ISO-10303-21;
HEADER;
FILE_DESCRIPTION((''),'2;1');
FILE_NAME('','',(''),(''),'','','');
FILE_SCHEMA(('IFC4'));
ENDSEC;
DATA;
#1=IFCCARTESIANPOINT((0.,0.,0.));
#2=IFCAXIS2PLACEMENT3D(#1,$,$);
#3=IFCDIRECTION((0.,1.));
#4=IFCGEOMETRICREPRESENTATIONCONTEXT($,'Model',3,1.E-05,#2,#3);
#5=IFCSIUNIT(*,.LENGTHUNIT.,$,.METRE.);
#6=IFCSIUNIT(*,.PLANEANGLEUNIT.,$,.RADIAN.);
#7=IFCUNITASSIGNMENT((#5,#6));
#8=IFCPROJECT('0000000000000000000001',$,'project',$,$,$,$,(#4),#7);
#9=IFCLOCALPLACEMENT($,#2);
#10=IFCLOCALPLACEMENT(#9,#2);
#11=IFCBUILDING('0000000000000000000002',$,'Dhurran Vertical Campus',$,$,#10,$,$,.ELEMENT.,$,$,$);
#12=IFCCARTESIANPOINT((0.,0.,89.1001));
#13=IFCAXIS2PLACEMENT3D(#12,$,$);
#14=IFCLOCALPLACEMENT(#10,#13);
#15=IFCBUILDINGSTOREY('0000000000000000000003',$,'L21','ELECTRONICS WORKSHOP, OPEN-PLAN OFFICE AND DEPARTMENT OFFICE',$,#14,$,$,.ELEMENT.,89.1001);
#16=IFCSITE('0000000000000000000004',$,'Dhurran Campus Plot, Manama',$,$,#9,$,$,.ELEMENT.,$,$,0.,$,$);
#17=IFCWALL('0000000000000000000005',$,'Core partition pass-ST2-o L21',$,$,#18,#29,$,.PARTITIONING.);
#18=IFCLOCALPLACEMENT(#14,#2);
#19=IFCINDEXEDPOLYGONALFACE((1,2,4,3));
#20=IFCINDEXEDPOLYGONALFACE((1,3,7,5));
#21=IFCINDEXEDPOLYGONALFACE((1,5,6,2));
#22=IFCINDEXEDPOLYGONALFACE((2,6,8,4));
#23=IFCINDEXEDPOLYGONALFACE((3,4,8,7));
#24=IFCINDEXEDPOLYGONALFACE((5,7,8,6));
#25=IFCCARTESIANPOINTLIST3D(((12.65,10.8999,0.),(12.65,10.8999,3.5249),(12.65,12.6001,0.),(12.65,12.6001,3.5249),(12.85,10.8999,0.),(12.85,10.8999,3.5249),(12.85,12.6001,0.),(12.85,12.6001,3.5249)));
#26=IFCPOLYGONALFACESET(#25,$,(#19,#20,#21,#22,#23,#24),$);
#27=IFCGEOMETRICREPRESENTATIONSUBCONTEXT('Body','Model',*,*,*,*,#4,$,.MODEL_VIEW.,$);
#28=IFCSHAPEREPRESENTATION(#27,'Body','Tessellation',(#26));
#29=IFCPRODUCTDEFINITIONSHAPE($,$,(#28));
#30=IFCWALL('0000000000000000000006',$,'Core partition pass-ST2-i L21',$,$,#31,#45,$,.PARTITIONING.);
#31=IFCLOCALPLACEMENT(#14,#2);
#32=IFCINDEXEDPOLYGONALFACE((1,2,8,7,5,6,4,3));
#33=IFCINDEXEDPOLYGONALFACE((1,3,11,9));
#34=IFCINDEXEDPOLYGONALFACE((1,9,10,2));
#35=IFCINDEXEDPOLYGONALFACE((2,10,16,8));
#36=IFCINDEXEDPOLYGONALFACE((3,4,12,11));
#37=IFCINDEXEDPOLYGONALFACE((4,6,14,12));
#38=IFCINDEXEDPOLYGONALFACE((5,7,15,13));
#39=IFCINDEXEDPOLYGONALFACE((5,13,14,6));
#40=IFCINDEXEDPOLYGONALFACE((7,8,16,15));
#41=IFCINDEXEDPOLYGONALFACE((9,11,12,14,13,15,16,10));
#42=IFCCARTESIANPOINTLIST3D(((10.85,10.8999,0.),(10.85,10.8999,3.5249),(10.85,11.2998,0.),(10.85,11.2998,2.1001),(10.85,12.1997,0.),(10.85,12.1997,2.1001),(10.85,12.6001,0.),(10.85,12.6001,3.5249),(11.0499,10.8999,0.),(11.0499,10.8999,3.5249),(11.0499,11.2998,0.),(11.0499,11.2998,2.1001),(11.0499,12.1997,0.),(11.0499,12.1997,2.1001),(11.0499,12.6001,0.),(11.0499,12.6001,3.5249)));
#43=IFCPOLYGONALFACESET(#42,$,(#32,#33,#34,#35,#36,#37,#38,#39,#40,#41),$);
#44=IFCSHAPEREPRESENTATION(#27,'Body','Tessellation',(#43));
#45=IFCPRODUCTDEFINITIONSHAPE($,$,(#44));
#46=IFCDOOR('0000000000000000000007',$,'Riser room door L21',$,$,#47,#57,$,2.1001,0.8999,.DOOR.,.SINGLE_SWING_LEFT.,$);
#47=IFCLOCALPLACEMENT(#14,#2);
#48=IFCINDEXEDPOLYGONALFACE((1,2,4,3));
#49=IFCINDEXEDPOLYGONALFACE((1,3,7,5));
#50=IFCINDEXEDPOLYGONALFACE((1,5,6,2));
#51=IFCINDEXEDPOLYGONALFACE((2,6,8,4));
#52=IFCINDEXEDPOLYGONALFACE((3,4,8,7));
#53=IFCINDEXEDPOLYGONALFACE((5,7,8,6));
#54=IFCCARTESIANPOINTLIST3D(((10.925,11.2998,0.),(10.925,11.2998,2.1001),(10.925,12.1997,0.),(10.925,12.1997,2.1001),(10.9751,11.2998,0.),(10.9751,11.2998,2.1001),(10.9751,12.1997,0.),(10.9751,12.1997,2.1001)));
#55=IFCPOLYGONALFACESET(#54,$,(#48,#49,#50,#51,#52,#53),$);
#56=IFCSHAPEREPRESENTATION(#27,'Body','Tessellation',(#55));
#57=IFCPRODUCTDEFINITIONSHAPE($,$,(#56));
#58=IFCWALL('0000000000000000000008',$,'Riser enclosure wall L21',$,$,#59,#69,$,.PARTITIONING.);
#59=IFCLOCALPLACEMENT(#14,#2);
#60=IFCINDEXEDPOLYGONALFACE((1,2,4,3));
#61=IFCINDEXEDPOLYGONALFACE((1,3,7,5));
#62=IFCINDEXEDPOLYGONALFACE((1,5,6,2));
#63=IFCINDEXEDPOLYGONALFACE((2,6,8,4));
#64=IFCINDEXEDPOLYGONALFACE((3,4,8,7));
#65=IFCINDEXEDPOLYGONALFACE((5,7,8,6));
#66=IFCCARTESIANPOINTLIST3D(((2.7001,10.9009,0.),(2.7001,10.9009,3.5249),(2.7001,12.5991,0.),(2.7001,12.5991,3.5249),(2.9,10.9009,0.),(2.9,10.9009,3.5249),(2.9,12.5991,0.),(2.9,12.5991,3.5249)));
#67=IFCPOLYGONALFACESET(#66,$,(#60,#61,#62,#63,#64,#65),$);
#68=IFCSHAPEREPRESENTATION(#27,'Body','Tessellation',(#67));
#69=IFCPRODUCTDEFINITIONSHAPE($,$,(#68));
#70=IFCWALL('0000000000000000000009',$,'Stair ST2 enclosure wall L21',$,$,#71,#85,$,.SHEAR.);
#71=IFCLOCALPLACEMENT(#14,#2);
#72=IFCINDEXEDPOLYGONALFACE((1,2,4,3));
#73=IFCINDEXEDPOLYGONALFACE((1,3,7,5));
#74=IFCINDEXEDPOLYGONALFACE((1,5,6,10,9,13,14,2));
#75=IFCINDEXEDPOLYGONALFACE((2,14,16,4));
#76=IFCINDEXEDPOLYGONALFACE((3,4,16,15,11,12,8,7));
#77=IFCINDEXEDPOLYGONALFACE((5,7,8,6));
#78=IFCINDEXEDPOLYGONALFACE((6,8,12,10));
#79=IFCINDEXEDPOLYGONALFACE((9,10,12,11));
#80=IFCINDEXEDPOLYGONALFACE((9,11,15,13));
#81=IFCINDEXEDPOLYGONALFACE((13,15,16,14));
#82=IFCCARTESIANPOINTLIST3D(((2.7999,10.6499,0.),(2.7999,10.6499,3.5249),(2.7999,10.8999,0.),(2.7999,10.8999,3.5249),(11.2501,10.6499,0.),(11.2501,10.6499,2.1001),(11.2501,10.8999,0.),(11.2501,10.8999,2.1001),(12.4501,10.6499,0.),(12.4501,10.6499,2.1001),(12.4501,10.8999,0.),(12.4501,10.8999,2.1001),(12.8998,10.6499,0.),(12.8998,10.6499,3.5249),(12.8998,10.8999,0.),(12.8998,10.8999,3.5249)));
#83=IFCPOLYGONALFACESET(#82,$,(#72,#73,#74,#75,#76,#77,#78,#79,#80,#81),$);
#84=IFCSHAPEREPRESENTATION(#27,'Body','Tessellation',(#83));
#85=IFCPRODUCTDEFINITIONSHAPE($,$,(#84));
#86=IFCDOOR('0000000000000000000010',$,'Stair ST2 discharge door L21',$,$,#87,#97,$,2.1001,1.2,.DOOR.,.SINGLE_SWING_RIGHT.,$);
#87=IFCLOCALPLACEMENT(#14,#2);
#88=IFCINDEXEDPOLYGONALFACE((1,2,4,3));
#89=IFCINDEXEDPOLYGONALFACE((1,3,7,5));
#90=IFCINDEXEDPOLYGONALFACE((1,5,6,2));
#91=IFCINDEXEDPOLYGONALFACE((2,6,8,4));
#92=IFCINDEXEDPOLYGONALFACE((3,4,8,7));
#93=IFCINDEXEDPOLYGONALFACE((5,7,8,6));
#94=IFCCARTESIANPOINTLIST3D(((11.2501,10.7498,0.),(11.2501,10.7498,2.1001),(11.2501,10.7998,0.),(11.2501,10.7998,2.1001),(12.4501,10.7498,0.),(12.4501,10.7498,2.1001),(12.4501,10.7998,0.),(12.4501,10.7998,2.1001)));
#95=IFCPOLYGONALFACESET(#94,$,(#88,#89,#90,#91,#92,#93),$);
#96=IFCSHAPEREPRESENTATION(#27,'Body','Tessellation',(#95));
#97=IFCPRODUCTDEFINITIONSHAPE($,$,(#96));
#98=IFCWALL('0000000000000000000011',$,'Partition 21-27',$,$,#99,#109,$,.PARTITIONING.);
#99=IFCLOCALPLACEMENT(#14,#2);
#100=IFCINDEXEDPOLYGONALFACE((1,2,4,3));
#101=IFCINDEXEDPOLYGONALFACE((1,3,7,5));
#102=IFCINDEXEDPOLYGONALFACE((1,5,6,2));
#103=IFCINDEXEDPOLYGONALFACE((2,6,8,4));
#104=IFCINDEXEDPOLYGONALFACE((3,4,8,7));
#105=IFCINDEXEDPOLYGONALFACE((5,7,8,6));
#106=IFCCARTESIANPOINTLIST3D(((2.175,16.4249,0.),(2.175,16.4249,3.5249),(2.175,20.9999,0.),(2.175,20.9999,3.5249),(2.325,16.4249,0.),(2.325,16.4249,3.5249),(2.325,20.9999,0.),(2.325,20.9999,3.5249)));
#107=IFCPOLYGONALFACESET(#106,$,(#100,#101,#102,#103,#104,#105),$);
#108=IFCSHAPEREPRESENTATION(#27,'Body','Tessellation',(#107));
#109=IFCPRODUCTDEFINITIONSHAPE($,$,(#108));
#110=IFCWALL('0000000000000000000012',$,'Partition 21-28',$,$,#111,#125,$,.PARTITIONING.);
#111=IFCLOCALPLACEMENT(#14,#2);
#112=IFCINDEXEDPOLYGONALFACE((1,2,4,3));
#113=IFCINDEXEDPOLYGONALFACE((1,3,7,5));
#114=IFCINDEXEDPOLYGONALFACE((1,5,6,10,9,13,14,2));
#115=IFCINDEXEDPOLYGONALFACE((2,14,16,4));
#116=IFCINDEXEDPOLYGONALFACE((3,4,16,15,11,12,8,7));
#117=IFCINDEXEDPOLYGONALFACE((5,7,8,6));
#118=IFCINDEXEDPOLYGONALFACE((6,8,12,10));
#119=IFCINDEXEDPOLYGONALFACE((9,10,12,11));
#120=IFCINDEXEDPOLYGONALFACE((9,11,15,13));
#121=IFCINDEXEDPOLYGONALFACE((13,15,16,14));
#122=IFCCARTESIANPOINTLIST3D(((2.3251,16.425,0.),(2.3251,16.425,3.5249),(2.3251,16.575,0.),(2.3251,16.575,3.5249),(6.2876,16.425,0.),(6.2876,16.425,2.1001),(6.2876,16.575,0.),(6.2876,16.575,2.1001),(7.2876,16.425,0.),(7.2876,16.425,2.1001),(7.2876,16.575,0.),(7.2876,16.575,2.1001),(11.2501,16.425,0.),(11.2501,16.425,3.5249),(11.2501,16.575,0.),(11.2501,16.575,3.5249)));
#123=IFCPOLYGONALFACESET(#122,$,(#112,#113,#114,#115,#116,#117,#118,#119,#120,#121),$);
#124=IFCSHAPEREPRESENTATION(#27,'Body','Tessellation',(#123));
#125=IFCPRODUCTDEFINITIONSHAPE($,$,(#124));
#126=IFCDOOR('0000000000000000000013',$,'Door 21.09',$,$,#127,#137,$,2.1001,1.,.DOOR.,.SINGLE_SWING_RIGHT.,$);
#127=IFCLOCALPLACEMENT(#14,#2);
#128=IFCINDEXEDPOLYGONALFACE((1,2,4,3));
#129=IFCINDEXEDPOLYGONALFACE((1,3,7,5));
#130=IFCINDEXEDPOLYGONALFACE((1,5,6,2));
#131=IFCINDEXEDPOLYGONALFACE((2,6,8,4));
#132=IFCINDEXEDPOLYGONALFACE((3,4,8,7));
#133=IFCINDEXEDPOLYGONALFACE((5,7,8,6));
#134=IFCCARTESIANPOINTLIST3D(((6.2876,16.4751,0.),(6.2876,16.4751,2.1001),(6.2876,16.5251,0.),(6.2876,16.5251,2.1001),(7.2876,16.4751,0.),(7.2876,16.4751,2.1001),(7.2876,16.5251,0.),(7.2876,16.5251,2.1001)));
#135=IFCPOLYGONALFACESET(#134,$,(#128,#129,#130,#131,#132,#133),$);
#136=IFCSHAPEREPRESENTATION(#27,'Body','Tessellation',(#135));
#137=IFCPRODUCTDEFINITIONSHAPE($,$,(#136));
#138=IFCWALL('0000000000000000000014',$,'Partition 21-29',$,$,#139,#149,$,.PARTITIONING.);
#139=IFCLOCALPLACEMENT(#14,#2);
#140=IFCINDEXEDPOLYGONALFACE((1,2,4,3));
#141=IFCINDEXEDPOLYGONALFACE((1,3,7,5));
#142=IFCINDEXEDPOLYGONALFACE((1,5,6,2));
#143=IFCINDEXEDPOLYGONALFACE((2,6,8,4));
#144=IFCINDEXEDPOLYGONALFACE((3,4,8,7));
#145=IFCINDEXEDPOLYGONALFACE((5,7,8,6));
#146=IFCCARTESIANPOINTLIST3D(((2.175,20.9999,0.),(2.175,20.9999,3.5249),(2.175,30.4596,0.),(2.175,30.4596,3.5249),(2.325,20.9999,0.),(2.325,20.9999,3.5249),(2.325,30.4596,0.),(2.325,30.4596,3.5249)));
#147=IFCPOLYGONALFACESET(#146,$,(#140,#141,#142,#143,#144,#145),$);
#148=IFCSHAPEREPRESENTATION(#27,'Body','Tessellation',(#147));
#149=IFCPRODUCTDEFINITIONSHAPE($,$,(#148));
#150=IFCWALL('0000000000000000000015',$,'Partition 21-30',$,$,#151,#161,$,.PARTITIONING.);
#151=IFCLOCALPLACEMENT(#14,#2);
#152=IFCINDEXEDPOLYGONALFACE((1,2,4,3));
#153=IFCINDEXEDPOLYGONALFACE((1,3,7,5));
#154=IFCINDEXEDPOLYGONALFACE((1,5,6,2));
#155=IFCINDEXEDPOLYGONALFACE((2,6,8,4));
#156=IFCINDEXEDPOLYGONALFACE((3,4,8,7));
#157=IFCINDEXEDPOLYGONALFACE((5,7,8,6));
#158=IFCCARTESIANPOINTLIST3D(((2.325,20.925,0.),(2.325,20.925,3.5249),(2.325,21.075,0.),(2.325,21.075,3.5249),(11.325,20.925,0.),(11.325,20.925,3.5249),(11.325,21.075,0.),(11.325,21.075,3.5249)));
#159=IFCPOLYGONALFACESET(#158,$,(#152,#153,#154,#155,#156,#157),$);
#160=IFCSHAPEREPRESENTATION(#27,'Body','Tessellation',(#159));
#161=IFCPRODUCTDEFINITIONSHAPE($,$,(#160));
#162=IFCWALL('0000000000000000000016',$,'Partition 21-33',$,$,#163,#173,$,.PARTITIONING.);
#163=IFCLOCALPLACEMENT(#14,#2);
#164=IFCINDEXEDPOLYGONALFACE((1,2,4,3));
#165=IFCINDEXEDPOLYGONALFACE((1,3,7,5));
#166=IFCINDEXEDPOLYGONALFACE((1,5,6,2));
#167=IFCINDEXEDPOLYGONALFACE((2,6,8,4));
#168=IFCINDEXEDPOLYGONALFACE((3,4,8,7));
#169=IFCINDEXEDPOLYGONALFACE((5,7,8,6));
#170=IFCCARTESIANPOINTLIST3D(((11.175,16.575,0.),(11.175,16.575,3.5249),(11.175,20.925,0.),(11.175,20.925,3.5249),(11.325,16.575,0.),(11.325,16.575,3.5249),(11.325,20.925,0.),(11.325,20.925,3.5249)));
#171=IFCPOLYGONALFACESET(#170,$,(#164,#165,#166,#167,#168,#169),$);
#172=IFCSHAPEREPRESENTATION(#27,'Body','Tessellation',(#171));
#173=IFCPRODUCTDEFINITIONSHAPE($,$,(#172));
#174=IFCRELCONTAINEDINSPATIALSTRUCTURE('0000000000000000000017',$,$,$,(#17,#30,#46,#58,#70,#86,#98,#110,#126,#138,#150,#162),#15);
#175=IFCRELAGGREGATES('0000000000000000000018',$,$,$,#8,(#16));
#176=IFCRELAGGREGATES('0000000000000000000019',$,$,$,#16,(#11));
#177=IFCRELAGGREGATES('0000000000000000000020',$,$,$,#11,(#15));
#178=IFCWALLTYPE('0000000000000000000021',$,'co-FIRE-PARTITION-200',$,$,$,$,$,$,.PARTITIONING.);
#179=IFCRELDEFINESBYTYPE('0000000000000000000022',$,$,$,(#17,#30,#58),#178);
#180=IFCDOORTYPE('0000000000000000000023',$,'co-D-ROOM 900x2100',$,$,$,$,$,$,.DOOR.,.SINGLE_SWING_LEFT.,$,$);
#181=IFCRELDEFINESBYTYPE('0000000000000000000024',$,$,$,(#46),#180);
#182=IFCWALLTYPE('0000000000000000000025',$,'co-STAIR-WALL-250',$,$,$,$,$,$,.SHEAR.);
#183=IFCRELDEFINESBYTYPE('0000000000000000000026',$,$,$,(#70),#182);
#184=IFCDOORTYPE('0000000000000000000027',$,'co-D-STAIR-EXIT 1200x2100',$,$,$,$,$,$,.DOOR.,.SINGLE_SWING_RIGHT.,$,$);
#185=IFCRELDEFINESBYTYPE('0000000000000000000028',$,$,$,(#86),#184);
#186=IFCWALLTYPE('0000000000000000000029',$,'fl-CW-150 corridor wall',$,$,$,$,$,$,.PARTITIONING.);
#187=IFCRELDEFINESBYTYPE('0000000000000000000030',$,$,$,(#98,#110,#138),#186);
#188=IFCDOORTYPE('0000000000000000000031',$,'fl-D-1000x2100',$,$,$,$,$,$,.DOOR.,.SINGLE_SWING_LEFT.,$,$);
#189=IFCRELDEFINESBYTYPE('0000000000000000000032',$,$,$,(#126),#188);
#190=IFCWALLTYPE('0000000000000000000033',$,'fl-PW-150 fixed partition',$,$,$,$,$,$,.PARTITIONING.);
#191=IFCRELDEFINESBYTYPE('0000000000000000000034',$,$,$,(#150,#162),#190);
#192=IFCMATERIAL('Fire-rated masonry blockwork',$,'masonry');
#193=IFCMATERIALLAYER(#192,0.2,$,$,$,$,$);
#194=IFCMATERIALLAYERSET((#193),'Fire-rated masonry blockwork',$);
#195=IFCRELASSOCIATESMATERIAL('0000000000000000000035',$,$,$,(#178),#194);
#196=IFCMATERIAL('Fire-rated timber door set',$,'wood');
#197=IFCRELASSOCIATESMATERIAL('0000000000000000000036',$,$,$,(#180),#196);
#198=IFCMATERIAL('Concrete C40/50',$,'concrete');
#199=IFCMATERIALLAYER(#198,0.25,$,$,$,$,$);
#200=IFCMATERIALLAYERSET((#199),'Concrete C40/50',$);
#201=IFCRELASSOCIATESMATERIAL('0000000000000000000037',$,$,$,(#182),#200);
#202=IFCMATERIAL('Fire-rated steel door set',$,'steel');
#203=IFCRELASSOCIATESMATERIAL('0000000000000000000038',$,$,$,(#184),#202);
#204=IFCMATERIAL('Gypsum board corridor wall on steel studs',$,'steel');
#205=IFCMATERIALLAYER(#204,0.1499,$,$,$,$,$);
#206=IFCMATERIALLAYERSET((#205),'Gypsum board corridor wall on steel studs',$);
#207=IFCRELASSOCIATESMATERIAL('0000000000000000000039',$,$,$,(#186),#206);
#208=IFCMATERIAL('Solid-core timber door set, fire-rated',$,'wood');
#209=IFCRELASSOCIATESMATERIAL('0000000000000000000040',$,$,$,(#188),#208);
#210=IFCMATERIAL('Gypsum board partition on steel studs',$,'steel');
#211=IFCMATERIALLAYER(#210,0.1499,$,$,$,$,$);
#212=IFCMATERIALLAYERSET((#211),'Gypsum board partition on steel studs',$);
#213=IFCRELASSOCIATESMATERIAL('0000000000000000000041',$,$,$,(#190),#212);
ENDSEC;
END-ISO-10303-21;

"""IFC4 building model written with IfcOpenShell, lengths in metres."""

from ifc_helpers import new_model, si_unit, direction, frame, frame_2d, origin, place, context, subcontext, project, spatial, rectangle, extrude, material, layer, layer_set, type_object, element, fill, save


model = new_model("IFC4")

# Units and contexts
model_context = context("Model", 3, precision=1e-05, world=origin(), true_north=direction((0.0, 1.0)))
body_context = subcontext(model_context, "Body", "Model", "MODEL_VIEW")
ifc_project = project(units=[si_unit("LENGTHUNIT", "METRE"), si_unit("PLANEANGLEUNIT", "RADIAN")], contexts=[model_context])

# Site, building, storey
site_placement = place(None, origin())
site = spatial("IfcSite", under=ifc_project, at=site_placement, Name="Dhurran Campus Plot, Manama", CompositionType="ELEMENT", RefElevation=0.0)
building_placement = place(site_placement, origin())
building = spatial("IfcBuilding", under=site, at=building_placement, Name="Dhurran Vertical Campus", CompositionType="ELEMENT")
storey_placement = place(building_placement, frame((0.0, 0.0, 89.1001)))
storey = spatial("IfcBuildingStorey", under=building, at=storey_placement, Name="L21", Description="ELECTRONICS WORKSHOP, OPEN-PLAN OFFICE AND DEPARTMENT OFFICE", CompositionType="ELEMENT", Elevation=89.1001)

# Wall
ifc_material_1 = material(Name="Fire-rated masonry blockwork", Category="masonry")
ifc_layer_1 = layer(ifc_material_1, 0.2)
ifc_layer_set_1 = layer_set([ifc_layer_1], Name="Fire-rated masonry blockwork")
wall_type_1 = type_object("IfcWallType", Name="co-FIRE-PARTITION-200", PredefinedType="PARTITIONING", material=ifc_layer_set_1)
wall_1_placement = place(storey_placement, frame((12.75, 10.8999, 0.0), z_axis=(0.0, 0.0, 1.0), x_axis=(0.0, 1.0, 0.0)))
element("IfcWall", 1, at=wall_1_placement, inside=storey, type_object=wall_type_1, Name="Core partition pass-ST2-o L21", PredefinedType="PARTITIONING", context=body_context, shape_type="SweptSolid", body=[
    extrude(rectangle(XDim=1.7002, YDim=0.2, at=frame_2d((0.8501, 0.0))), origin(), (0.0, 0.0, 1.0), 3.5249),
])

# Wall, opening, door
wall_2_placement = place(storey_placement, frame((10.95, 10.8999, 0.0), z_axis=(0.0, 0.0, 1.0), x_axis=(0.0, 1.0, 0.0)))
wall_2 = element("IfcWall", 2, at=wall_2_placement, inside=storey, type_object=wall_type_1, Name="Core partition pass-ST2-i L21", PredefinedType="PARTITIONING", context=body_context, shape_type="SweptSolid", body=[
    extrude(rectangle(XDim=1.7002, YDim=0.2, at=frame_2d((0.8501, 0.0))), origin(), (0.0, 0.0, 1.0), 3.5249),
])
opening_1_placement = place(wall_2_placement, frame((0.3999, 0.0, 0.0)))
opening_1 = element("IfcOpeningElement", 3, at=opening_1_placement, cuts=wall_2, PredefinedType="OPENING", context=body_context, shape_type="SweptSolid", body=[
    extrude(rectangle(XDim=0.8999, YDim=2.1001, at=frame_2d((0.45, 1.05))), frame((0.0, 0.1099, 0.0), z_axis=(0.0, -1.0, 0.0), x_axis=(1.0, 0.0, 0.0)), (0.0, 0.0, 1.0), 0.22),
])
ifc_material_2 = material(Name="Fire-rated timber door set", Category="wood")
door_type_1 = type_object("IfcDoorType", Name="co-D-ROOM 900x2100", OperationType="SINGLE_SWING_LEFT", PredefinedType="DOOR", material=ifc_material_2)
door_1_placement = place(opening_1_placement, origin())
door_1 = element("IfcDoor", 4, at=door_1_placement, inside=storey, type_object=door_type_1, Name="Riser room door L21", OperationType="SINGLE_SWING_LEFT", OverallHeight=2.1001, OverallWidth=0.8999, PredefinedType="DOOR", context=body_context, shape_type="SweptSolid", body=[
    extrude(rectangle(XDim=0.8999, YDim=2.1001, at=frame_2d((0.45, 1.05))), frame((0.0, 0.0249, 0.0), z_axis=(0.0, -1.0, 0.0), x_axis=(1.0, 0.0, 0.0)), (0.0, 0.0, 1.0), 0.05),
])
fill(opening_1, door_1)

# Wall
wall_3_placement = place(storey_placement, frame((2.8, 12.5991, 0.0), z_axis=(0.0, 0.0, 1.0), x_axis=(0.0, -1.0, 0.0)))
element("IfcWall", 5, at=wall_3_placement, inside=storey, type_object=wall_type_1, Name="Riser enclosure wall L21", PredefinedType="PARTITIONING", context=body_context, shape_type="SweptSolid", body=[
    extrude(rectangle(XDim=1.6982, YDim=0.2, at=frame_2d((0.8491, 0.0))), origin(), (0.0, 0.0, 1.0), 3.5249),
])

# Wall, opening, door
ifc_material_3 = material(Name="Concrete C40/50", Category="concrete")
ifc_layer_2 = layer(ifc_material_3, 0.25)
ifc_layer_set_2 = layer_set([ifc_layer_2], Name="Concrete C40/50")
wall_type_2 = type_object("IfcWallType", Name="co-STAIR-WALL-250", PredefinedType="SHEAR", material=ifc_layer_set_2)
wall_4_placement = place(storey_placement, frame((2.8, 10.7749, 0.0), z_axis=(0.0, 0.0, 1.0), x_axis=(1.0, 0.0, 0.0)))
wall_4 = element("IfcWall", 6, at=wall_4_placement, inside=storey, type_object=wall_type_2, Name="Stair ST2 enclosure wall L21", PredefinedType="SHEAR", context=body_context, shape_type="SweptSolid", body=[
    extrude(rectangle(XDim=10.0999, YDim=0.25, at=frame_2d((5.0498, 0.0))), origin(), (0.0, 0.0, 1.0), 3.5249),
])
opening_2_placement = place(wall_4_placement, frame((8.45, 0.0, 0.0)))
opening_2 = element("IfcOpeningElement", 7, at=opening_2_placement, cuts=wall_4, PredefinedType="OPENING", context=body_context, shape_type="SweptSolid", body=[
    extrude(rectangle(XDim=1.2, YDim=2.1001, at=frame_2d((0.6001, 1.05))), frame((0.0, 0.135, 0.0), z_axis=(0.0, -1.0, 0.0), x_axis=(1.0, 0.0, 0.0)), (0.0, 0.0, 1.0), 0.27),
])
ifc_material_4 = material(Name="Fire-rated steel door set", Category="steel")
door_type_2 = type_object("IfcDoorType", Name="co-D-STAIR-EXIT 1200x2100", OperationType="SINGLE_SWING_RIGHT", PredefinedType="DOOR", material=ifc_material_4)
door_2_placement = place(opening_2_placement, origin())
door_2 = element("IfcDoor", 8, at=door_2_placement, inside=storey, type_object=door_type_2, Name="Stair ST2 discharge door L21", OperationType="SINGLE_SWING_RIGHT", OverallHeight=2.1001, OverallWidth=1.2, PredefinedType="DOOR", context=body_context, shape_type="SweptSolid", body=[
    extrude(rectangle(XDim=1.2, YDim=2.1001, at=frame_2d((0.6001, 1.05))), frame((0.0, 0.0249, 0.0), z_axis=(0.0, -1.0, 0.0), x_axis=(1.0, 0.0, 0.0)), (0.0, 0.0, 1.0), 0.05),
])
fill(opening_2, door_2)

# Wall
ifc_material_5 = material(Name="Gypsum board corridor wall on steel studs", Category="steel")
ifc_layer_3 = layer(ifc_material_5, 0.1499)
ifc_layer_set_3 = layer_set([ifc_layer_3], Name="Gypsum board corridor wall on steel studs")
wall_type_3 = type_object("IfcWallType", Name="fl-CW-150 corridor wall", PredefinedType="PARTITIONING", material=ifc_layer_set_3)
wall_5_placement = place(storey_placement, frame((2.25, 21.0, 0.0), z_axis=(0.0, 0.0, 1.0), x_axis=(0.0, -1.0, 0.0)))
element("IfcWall", 9, at=wall_5_placement, inside=storey, type_object=wall_type_3, Name="Partition 21-27", PredefinedType="PARTITIONING", context=body_context, shape_type="SweptSolid", body=[
    extrude(rectangle(XDim=4.575, YDim=0.1499, at=frame_2d((2.2876, 0.0))), origin(), (0.0, 0.0, 1.0), 3.5249),
])

# Wall, opening, door
wall_6_placement = place(storey_placement, frame((11.25, 16.5, 0.0), z_axis=(0.0, 0.0, 1.0), x_axis=(-1.0, 0.0, 0.0)))
wall_6 = element("IfcWall", 10, at=wall_6_placement, inside=storey, type_object=wall_type_3, Name="Partition 21-28", PredefinedType="PARTITIONING", context=body_context, shape_type="SweptSolid", body=[
    extrude(rectangle(XDim=8.925, YDim=0.1499, at=frame_2d((4.4624, 0.0))), origin(), (0.0, 0.0, 1.0), 3.5249),
])
opening_3_placement = place(wall_6_placement, frame((3.9624, 0.0, 0.0)))
opening_3 = element("IfcOpeningElement", 11, at=opening_3_placement, cuts=wall_6, PredefinedType="OPENING", context=body_context, shape_type="SweptSolid", body=[
    extrude(rectangle(XDim=1.0, YDim=2.1001, at=frame_2d((0.5, 1.05))), frame((0.0, 0.085, 0.0), z_axis=(0.0, -1.0, 0.0), x_axis=(1.0, 0.0, 0.0)), (0.0, 0.0, 1.0), 0.1699),
])
ifc_material_6 = material(Name="Solid-core timber door set, fire-rated", Category="wood")
door_type_3 = type_object("IfcDoorType", Name="fl-D-1000x2100", OperationType="SINGLE_SWING_LEFT", PredefinedType="DOOR", material=ifc_material_6)
door_3_placement = place(opening_3_placement, origin())
door_3 = element("IfcDoor", 12, at=door_3_placement, inside=storey, type_object=door_type_3, Name="Door 21.09", OperationType="SINGLE_SWING_RIGHT", OverallHeight=2.1001, OverallWidth=1.0, PredefinedType="DOOR", context=body_context, shape_type="SweptSolid", body=[
    extrude(rectangle(XDim=1.0, YDim=2.1001, at=frame_2d((0.5, 1.05))), frame((0.0, 0.0249, 0.0), z_axis=(0.0, -1.0, 0.0), x_axis=(1.0, 0.0, 0.0)), (0.0, 0.0, 1.0), 0.05),
])
fill(opening_3, door_3)

# Walls
wall_7_placement = place(storey_placement, frame((2.25, 30.4597, 0.0), z_axis=(0.0, 0.0, 1.0), x_axis=(0.0, -1.0, 0.0)))
element("IfcWall", 13, at=wall_7_placement, inside=storey, type_object=wall_type_3, Name="Partition 21-29", PredefinedType="PARTITIONING", context=body_context, shape_type="SweptSolid", body=[
    extrude(rectangle(XDim=9.4597, YDim=0.1499, at=frame_2d((4.73, 0.0))), origin(), (0.0, 0.0, 1.0), 3.5249),
])
ifc_material_7 = material(Name="Gypsum board partition on steel studs", Category="steel")
ifc_layer_4 = layer(ifc_material_7, 0.1499)
ifc_layer_set_4 = layer_set([ifc_layer_4], Name="Gypsum board partition on steel studs")
wall_type_4 = type_object("IfcWallType", Name="fl-PW-150 fixed partition", PredefinedType="PARTITIONING", material=ifc_layer_set_4)
wall_8_placement = place(storey_placement, frame((2.325, 21.0, 0.0), z_axis=(0.0, 0.0, 1.0), x_axis=(1.0, 0.0, 0.0)))
element("IfcWall", 14, at=wall_8_placement, inside=storey, type_object=wall_type_4, Name="Partition 21-30", PredefinedType="PARTITIONING", context=body_context, shape_type="SweptSolid", body=[
    extrude(rectangle(XDim=9.0, YDim=0.1499, at=frame_2d((4.5, 0.0))), origin(), (0.0, 0.0, 1.0), 3.5249),
])
wall_9_placement = place(storey_placement, frame((11.25, 20.925, 0.0), z_axis=(0.0, 0.0, 1.0), x_axis=(0.0, -1.0, 0.0)))
element("IfcWall", 15, at=wall_9_placement, inside=storey, type_object=wall_type_4, Name="Partition 21-33", PredefinedType="PARTITIONING", context=body_context, shape_type="SweptSolid", body=[
    extrude(rectangle(XDim=4.3501, YDim=0.1499, at=frame_2d((2.175, 0.0))), origin(), (0.0, 0.0, 1.0), 3.5249),
])

save(model, "model.ifc")
